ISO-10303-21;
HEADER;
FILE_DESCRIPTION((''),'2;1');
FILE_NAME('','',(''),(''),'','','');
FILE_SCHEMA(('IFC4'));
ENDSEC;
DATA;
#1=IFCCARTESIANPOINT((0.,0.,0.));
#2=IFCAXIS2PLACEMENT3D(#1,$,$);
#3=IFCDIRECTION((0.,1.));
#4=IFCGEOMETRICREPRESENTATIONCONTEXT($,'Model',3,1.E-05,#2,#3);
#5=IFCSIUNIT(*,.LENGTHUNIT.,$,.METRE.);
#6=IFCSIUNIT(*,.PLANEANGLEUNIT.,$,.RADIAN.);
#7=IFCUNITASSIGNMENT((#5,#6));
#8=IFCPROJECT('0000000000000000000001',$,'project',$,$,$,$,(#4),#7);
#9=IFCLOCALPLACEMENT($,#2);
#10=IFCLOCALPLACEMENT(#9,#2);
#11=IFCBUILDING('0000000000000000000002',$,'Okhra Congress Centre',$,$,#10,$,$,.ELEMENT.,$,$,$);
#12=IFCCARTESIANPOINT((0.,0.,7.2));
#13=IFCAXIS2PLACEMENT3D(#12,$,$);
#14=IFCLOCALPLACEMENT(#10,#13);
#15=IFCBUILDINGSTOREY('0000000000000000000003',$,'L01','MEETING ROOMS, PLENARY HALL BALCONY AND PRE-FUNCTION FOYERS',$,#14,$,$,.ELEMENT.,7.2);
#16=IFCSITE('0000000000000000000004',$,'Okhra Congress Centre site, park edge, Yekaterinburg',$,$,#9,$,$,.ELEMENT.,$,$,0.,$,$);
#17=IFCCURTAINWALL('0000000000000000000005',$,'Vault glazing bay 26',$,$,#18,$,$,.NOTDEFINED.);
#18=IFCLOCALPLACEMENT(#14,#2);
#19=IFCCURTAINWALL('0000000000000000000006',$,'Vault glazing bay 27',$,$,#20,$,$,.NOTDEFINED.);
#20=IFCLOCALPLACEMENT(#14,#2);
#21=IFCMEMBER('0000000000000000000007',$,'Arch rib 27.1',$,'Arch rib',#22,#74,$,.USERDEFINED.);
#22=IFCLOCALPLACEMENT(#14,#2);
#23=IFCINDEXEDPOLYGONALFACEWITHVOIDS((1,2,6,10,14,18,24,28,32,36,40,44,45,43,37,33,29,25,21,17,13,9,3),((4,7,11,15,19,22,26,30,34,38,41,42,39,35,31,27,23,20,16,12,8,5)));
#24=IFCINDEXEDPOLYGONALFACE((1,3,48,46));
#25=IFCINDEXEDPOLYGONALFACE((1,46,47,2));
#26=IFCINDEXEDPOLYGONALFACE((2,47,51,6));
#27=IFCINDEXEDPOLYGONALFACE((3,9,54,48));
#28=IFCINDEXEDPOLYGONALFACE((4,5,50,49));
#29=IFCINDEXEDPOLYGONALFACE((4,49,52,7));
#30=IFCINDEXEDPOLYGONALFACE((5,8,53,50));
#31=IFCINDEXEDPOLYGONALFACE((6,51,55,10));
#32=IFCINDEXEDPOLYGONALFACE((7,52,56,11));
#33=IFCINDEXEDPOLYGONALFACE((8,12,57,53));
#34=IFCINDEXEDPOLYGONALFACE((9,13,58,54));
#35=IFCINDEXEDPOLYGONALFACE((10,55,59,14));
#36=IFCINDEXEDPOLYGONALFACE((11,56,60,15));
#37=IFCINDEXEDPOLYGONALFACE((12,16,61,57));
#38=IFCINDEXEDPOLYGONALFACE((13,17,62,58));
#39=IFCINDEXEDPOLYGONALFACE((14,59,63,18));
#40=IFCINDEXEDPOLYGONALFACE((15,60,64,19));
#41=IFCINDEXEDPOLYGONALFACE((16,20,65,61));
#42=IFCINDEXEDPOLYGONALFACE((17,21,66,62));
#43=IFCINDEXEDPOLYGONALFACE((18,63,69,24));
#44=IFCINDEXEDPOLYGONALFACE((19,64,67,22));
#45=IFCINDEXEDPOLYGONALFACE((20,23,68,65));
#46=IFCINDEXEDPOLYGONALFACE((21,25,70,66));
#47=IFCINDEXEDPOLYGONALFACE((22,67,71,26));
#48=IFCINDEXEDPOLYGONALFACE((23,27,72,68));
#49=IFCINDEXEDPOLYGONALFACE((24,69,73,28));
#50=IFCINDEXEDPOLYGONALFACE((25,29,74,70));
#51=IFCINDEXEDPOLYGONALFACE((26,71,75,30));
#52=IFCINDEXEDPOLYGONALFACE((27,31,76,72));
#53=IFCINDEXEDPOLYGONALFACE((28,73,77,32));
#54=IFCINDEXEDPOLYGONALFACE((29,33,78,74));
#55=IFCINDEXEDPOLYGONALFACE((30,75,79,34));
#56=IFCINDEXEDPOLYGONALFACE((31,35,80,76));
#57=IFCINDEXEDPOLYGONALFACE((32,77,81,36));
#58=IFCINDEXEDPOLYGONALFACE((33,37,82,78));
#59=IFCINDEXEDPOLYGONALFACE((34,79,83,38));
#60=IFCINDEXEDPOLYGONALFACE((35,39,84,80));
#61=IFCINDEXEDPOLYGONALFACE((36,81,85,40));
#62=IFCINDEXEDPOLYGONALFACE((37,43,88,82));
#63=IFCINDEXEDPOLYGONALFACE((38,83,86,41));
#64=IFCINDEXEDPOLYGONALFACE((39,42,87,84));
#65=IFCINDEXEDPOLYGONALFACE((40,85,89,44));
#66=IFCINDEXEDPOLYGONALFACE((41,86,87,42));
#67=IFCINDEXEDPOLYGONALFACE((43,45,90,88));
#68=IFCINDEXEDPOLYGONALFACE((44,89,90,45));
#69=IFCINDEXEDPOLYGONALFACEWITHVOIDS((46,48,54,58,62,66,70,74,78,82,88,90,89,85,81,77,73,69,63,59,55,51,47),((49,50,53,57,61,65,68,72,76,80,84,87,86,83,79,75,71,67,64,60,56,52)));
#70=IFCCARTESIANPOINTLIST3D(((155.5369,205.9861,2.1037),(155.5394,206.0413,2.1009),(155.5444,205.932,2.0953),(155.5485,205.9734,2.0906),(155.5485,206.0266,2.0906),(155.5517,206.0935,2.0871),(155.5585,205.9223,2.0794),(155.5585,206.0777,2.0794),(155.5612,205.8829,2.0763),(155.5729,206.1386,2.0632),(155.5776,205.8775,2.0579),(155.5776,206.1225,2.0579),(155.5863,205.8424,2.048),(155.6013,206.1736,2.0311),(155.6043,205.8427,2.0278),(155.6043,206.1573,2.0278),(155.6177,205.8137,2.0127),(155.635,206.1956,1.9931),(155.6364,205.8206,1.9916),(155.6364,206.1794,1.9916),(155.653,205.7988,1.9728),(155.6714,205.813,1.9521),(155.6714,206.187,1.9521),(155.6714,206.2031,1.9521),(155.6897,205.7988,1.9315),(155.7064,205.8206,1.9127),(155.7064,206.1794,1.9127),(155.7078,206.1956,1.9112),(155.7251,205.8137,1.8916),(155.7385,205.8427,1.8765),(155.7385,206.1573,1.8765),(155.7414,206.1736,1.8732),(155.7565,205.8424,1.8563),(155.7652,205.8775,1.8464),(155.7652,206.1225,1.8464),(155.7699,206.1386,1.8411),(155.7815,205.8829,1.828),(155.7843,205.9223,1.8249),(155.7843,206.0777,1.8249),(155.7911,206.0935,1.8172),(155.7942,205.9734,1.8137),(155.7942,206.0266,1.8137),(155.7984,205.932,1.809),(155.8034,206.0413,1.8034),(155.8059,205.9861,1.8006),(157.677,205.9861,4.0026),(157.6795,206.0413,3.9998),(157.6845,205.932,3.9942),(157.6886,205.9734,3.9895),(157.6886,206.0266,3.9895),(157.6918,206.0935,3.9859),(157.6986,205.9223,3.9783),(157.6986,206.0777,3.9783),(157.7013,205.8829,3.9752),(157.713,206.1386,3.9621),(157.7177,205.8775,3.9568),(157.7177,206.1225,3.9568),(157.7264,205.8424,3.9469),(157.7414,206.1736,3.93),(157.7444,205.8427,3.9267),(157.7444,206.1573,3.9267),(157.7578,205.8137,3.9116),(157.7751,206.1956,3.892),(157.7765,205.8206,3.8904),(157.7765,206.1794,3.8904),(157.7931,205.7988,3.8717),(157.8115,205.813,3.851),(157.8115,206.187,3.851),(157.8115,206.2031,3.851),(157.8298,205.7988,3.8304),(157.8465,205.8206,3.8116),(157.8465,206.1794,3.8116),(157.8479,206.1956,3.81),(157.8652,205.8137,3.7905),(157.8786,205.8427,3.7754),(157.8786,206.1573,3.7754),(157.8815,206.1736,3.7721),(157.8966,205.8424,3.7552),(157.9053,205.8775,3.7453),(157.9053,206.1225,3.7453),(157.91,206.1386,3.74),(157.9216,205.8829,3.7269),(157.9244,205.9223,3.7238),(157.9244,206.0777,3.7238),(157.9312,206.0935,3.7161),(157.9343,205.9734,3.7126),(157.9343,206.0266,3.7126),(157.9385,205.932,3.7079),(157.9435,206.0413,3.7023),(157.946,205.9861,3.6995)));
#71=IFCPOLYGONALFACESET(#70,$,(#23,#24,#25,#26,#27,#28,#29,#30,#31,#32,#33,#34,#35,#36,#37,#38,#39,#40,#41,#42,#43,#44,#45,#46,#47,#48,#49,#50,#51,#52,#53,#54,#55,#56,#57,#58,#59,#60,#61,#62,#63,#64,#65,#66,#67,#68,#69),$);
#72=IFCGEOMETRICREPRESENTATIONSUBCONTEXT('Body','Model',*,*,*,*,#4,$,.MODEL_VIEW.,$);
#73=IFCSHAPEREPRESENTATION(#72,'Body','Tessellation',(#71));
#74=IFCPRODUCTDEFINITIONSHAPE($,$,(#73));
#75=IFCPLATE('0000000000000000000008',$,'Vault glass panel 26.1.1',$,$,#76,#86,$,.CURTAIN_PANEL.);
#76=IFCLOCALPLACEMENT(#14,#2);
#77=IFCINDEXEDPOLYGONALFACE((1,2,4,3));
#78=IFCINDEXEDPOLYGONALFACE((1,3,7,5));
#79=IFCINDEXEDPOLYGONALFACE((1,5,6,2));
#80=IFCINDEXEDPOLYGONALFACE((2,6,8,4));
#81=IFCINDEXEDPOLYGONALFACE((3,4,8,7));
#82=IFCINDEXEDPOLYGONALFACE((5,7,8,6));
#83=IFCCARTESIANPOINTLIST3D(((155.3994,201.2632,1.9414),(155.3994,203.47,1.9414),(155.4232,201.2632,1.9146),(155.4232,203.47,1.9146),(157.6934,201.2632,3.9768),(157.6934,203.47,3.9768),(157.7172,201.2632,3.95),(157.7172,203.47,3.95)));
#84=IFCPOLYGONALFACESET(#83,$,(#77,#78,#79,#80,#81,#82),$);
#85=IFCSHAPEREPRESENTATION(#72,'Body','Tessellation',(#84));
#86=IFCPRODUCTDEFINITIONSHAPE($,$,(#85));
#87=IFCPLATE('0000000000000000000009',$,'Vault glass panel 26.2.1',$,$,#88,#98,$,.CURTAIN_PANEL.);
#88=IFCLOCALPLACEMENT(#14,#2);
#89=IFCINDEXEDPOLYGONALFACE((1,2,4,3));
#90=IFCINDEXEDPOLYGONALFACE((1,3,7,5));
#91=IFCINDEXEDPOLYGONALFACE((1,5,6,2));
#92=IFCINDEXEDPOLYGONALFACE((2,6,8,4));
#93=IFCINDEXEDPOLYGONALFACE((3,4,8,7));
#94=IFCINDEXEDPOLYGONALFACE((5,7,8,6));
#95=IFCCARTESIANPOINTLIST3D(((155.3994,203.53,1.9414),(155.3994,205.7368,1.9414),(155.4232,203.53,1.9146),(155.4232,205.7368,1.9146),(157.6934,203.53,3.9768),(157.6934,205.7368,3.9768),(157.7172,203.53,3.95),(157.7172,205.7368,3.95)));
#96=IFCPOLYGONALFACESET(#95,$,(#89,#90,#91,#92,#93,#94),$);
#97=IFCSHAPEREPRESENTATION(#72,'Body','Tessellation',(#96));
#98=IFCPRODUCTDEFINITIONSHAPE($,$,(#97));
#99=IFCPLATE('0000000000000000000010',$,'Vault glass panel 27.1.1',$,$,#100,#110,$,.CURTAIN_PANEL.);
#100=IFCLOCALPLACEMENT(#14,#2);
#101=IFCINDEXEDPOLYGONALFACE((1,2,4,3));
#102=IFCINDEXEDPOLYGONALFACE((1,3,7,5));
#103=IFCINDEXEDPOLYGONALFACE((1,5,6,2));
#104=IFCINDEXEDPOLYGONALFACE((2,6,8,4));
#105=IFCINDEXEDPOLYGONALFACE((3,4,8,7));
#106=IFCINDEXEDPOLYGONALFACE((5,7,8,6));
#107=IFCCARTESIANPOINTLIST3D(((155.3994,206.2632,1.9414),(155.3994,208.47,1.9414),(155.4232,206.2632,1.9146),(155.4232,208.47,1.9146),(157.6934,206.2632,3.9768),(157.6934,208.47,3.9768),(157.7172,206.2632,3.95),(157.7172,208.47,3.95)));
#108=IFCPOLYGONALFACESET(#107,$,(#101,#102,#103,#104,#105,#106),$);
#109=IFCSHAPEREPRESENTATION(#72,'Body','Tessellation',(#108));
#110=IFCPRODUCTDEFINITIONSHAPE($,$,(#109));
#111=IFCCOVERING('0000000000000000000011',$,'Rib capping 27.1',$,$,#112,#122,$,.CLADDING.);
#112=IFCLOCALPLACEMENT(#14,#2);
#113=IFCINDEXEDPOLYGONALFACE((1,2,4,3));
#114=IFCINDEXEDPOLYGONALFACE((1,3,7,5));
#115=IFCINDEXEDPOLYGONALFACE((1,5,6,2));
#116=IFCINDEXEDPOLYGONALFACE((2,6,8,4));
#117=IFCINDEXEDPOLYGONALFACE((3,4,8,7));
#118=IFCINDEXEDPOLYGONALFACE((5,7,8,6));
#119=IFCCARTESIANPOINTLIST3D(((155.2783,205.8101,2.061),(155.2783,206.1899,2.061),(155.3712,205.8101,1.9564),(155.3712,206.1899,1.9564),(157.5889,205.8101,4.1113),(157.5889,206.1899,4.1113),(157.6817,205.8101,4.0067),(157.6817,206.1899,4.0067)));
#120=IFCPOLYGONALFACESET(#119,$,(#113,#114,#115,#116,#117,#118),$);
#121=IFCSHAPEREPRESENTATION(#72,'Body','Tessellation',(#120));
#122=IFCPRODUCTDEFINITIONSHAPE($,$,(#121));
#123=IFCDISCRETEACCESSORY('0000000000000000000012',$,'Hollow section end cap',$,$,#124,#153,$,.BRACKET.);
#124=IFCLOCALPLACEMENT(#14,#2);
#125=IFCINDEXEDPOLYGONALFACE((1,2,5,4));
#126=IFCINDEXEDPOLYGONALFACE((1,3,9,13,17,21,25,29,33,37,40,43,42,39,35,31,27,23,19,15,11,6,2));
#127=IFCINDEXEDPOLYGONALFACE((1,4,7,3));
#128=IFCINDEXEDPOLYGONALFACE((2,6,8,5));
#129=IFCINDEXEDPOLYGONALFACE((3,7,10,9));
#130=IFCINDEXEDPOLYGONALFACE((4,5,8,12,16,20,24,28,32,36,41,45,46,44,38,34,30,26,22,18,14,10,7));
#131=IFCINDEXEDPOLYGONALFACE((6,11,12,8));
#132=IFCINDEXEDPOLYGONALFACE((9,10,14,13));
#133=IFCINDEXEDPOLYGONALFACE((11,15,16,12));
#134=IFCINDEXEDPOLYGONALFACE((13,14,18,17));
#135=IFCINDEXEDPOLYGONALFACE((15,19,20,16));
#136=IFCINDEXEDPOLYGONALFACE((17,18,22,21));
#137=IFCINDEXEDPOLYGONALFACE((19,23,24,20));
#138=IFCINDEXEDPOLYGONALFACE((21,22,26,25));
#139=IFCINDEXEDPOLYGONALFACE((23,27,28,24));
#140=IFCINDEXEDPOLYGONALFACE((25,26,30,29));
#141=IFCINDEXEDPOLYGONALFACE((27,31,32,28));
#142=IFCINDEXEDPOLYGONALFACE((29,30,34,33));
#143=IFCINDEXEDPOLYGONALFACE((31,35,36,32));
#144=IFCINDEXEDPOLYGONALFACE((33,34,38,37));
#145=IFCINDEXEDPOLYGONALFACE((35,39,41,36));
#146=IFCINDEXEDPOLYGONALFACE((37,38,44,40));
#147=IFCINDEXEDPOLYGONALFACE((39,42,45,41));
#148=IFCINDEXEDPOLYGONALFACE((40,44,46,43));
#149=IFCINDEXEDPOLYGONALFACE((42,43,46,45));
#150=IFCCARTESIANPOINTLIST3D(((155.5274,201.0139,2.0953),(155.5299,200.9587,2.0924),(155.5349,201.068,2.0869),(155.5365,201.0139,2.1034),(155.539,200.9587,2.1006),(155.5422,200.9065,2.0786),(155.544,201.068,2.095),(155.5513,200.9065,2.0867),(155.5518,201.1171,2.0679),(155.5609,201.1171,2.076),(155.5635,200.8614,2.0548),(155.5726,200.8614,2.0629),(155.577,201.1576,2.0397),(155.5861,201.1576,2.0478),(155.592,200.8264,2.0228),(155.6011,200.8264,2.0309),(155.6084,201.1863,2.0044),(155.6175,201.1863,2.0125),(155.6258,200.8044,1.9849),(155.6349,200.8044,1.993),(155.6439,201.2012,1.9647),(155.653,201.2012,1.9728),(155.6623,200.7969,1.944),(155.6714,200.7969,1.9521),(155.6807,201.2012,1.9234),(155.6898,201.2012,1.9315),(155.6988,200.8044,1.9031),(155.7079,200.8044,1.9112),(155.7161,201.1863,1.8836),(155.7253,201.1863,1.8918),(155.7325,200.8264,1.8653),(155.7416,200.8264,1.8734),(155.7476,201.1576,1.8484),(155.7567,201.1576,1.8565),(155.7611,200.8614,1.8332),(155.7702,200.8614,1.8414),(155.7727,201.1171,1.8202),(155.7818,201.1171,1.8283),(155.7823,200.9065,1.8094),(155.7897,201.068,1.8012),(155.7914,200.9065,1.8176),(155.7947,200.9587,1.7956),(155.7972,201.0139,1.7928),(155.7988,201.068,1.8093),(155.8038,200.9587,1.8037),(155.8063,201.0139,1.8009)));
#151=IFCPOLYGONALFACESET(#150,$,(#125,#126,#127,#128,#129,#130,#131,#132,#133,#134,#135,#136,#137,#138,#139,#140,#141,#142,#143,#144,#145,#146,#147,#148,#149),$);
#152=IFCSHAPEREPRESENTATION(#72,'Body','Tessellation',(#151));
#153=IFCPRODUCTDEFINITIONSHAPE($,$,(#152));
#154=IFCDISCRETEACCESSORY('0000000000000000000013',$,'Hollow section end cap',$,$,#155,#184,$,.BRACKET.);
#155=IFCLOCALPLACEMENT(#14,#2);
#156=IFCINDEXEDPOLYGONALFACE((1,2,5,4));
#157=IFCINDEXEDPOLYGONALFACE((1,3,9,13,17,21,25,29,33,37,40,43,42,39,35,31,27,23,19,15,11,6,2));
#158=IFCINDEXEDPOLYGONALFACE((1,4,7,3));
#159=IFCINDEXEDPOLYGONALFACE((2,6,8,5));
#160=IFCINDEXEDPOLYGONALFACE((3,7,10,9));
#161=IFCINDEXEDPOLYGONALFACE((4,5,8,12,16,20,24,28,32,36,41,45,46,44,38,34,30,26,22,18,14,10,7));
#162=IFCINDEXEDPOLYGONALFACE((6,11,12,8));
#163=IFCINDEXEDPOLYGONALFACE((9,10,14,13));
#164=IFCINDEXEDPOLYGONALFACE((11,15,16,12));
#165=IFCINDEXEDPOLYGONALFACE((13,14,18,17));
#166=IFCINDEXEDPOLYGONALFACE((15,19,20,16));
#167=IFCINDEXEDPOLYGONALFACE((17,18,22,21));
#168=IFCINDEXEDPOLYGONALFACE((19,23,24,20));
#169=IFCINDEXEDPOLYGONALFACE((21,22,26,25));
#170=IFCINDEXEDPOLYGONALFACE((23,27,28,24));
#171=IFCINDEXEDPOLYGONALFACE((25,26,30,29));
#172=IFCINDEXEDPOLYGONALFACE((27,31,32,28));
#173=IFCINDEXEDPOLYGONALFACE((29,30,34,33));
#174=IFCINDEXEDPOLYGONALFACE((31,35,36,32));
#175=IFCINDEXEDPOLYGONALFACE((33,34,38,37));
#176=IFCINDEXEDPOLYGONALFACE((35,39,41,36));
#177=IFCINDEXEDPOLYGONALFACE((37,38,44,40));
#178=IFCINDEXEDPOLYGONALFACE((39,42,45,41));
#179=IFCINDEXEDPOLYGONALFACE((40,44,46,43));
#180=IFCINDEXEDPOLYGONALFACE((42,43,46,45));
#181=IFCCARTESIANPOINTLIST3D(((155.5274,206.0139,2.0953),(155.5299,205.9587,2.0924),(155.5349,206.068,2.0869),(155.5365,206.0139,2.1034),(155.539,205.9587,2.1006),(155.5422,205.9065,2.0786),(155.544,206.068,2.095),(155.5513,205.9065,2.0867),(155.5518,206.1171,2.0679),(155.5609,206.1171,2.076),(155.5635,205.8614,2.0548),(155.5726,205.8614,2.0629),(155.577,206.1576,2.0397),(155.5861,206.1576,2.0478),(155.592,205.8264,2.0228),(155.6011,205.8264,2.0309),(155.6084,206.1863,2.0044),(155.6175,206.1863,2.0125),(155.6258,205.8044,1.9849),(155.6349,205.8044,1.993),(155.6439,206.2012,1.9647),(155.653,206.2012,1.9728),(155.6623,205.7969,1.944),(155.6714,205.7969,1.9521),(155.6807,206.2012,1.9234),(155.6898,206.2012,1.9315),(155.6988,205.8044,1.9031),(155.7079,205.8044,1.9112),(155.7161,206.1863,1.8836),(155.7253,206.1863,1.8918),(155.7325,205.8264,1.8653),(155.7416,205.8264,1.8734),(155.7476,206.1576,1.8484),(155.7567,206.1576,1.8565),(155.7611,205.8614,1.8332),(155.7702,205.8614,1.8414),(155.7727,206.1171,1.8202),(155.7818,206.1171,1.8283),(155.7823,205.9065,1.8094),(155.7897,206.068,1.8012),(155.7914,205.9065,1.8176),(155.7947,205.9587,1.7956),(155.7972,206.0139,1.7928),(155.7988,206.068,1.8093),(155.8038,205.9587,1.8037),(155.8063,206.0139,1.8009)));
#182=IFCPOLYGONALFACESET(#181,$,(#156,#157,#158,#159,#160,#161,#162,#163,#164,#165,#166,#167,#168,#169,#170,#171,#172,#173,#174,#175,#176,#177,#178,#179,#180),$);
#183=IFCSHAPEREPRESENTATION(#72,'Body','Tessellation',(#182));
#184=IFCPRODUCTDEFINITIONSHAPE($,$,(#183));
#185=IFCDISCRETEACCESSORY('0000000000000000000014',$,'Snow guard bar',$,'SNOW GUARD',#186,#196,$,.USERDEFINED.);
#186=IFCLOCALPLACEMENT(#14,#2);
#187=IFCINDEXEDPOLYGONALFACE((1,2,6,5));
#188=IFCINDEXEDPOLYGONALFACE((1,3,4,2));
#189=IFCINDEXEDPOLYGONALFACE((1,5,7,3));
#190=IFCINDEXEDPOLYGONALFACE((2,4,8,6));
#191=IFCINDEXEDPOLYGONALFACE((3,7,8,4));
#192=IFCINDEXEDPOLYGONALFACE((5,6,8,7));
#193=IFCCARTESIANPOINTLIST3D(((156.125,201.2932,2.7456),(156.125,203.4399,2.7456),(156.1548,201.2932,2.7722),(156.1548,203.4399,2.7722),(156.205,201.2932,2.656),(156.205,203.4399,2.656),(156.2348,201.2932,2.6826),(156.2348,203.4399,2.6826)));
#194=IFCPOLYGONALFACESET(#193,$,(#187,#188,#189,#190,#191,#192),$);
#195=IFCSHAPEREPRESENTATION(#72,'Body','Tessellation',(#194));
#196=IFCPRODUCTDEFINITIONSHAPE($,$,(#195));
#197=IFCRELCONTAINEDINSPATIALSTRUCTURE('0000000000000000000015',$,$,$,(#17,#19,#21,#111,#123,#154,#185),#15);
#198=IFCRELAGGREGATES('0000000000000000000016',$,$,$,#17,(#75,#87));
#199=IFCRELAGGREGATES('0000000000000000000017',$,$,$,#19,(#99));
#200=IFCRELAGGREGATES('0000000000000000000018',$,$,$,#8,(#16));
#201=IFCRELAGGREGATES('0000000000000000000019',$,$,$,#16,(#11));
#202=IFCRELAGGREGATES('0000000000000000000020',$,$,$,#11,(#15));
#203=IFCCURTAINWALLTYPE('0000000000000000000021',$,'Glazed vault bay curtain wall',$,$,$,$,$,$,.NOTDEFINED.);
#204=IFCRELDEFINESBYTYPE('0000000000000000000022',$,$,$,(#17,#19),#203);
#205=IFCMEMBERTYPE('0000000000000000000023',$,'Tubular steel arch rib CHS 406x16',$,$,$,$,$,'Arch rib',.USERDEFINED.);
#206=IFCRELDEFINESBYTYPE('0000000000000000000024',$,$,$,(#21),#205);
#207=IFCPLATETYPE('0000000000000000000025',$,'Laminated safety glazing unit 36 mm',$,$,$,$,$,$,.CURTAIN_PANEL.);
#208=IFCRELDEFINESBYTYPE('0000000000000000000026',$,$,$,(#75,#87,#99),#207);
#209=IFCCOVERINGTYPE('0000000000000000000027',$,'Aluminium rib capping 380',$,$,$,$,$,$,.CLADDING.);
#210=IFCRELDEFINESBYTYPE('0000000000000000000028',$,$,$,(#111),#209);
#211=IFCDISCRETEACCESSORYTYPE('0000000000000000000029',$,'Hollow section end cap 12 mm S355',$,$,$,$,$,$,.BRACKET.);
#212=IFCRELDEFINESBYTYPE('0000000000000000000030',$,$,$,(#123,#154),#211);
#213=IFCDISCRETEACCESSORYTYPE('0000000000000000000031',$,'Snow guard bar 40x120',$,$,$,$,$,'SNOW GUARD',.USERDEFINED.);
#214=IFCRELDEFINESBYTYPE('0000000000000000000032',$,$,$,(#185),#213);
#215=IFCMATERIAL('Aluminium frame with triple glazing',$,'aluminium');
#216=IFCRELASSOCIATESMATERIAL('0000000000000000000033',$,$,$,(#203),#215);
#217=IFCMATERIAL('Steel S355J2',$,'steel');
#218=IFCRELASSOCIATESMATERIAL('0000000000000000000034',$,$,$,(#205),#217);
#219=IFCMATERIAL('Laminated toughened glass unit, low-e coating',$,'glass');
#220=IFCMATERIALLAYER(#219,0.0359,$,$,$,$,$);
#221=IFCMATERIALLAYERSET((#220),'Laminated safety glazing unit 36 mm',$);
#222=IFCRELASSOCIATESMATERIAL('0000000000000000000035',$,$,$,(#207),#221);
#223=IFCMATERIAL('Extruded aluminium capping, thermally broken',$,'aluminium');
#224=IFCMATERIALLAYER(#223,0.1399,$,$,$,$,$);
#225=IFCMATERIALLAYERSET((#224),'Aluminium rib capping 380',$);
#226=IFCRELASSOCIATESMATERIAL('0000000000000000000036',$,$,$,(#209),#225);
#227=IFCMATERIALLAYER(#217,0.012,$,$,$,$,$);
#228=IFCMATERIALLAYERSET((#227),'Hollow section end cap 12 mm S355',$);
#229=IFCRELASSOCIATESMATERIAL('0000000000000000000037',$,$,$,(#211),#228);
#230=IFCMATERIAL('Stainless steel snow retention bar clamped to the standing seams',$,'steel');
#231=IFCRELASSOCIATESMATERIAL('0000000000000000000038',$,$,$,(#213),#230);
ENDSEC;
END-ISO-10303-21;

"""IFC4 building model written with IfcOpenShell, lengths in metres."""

from ifc_helpers import new_model, si_unit, direction, frame, origin, origin_2d, place, context, subcontext, project, spatial, polyline, circle, hollow_circle, outline, extrude, material, layer, layer_set, material_profile, profile_set, type_object, element, aggregate, save


model = new_model("IFC4")

# Units and contexts
model_context = context("Model", 3, precision=1e-05, world=origin(), true_north=direction((0.0, 1.0)))
body_context = subcontext(model_context, "Body", "Model", "MODEL_VIEW")
ifc_project = project(units=[si_unit("LENGTHUNIT", "METRE"), si_unit("PLANEANGLEUNIT", "RADIAN")], contexts=[model_context])

# Site, building, storey
site_placement = place(None, origin())
site = spatial("IfcSite", under=ifc_project, at=site_placement, Name="Okhra Congress Centre site, park edge, Yekaterinburg", CompositionType="ELEMENT", RefElevation=0.0)
building_placement = place(site_placement, origin())
building = spatial("IfcBuilding", under=site, at=building_placement, Name="Okhra Congress Centre", CompositionType="ELEMENT")
storey_placement = place(building_placement, frame((0.0, 0.0, 7.2)))
storey = spatial("IfcBuildingStorey", under=building, at=storey_placement, Name="L01", Description="MEETING ROOMS, PLENARY HALL BALCONY AND PRE-FUNCTION FOYERS", CompositionType="ELEMENT", Elevation=7.2)

# Curtain wall
ifc_material_1 = material(Name="Aluminium frame with triple glazing", Category="aluminium")
curtain_wall_type = type_object("IfcCurtainWallType", Name="Glazed vault bay curtain wall", PredefinedType="NOTDEFINED", material=ifc_material_1)
curtain_wall_1_placement = place(storey_placement, origin())
curtain_wall_1 = element("IfcCurtainWall", 1, at=curtain_wall_1_placement, inside=storey, type_object=curtain_wall_type, Name="Vault glazing bay 26", PredefinedType="NOTDEFINED")

# Curtain wall
curtain_wall_2_placement = place(storey_placement, origin())
curtain_wall_2 = element("IfcCurtainWall", 2, at=curtain_wall_2_placement, inside=storey, type_object=curtain_wall_type, Name="Vault glazing bay 27", PredefinedType="NOTDEFINED")

# Shared definitions
ifc_material_2 = material(Name="Steel S355J2", Category="steel")

# Member
ifc_material_profile_1 = material_profile(ifc_material_2, hollow_circle(Radius=0.2031, WallThickness=0.0161, at=origin_2d()), Name="CHS 406.4x16")
ifc_profile_set_1 = profile_set([ifc_material_profile_1], Name="Steel S355J2")
member_type_1 = type_object("IfcMemberType", Name="Tubular steel arch rib CHS 406x16", ElementType="Arch rib", PredefinedType="USERDEFINED", material=ifc_profile_set_1)
member_1_placement = place(storey_placement, frame((155.6714, 206.0, 1.9521), z_axis=(0.748002, 0.0, 0.663696), x_axis=(0.0, 1.0, 0.0)))
element("IfcMember", 3, at=member_1_placement, inside=storey, type_object=member_type_1, Name="Arch rib 27.1", ObjectType="Arch rib", PredefinedType="USERDEFINED", context=body_context, shape_type="SweptSolid", body=[
    extrude(hollow_circle(Radius=0.2031, WallThickness=0.0161, at=origin_2d()), origin(), (0.0, 0.0, 1.0), 2.8611),
])

# Plates
ifc_material_3 = material(Name="Laminated toughened glass unit, low-e coating", Category="glass")
ifc_layer_1 = layer(ifc_material_3, 0.0359)
ifc_layer_set_1 = layer_set([ifc_layer_1], Name="Laminated safety glazing unit 36 mm")
plate_type = type_object("IfcPlateType", Name="Laminated safety glazing unit 36 mm", PredefinedType="CURTAIN_PANEL", material=ifc_layer_set_1)
plate_1_placement = place(storey_placement, frame((155.3994, 201.2632, 1.9414), z_axis=(-0.663697, 0.0, 0.748002), x_axis=(0.748002, 0.0, 0.663697)))
plate_1 = element("IfcPlate", 4, at=plate_1_placement, type_object=plate_type, Name="Vault glass panel 26.1.1", PredefinedType="CURTAIN_PANEL", context=body_context, shape_type="SweptSolid", body=[
    extrude(outline(polyline([(0.0, 0.0), (3.0668, 0.0), (3.0668, 2.2068), (0.0, 2.2068), (0.0, 0.0)])), origin(), (0.0, 0.0, -1.0), 0.0359),
])
plate_2_placement = place(storey_placement, frame((155.3994, 203.53, 1.9414), z_axis=(-0.663697, 0.0, 0.748002), x_axis=(0.748002, 0.0, 0.663697)))
plate_2 = element("IfcPlate", 5, at=plate_2_placement, type_object=plate_type, Name="Vault glass panel 26.2.1", PredefinedType="CURTAIN_PANEL", context=body_context, shape_type="SweptSolid", body=[
    extrude(outline(polyline([(0.0, 0.0), (3.0668, 0.0), (3.0668, 2.2068), (0.0, 2.2068), (0.0, 0.0)])), origin(), (0.0, 0.0, -1.0), 0.0359),
])
aggregate(curtain_wall_1, [plate_1, plate_2])
plate_3_placement = place(storey_placement, frame((155.3994, 206.2632, 1.9414), z_axis=(-0.663697, 0.0, 0.748002), x_axis=(0.748002, 0.0, 0.663697)))
plate_3 = element("IfcPlate", 6, at=plate_3_placement, type_object=plate_type, Name="Vault glass panel 27.1.1", PredefinedType="CURTAIN_PANEL", context=body_context, shape_type="SweptSolid", body=[
    extrude(outline(polyline([(0.0, 0.0), (3.0668, 0.0), (3.0668, 2.2068), (0.0, 2.2068), (0.0, 0.0)])), origin(), (0.0, 0.0, -1.0), 0.0359),
])
aggregate(curtain_wall_2, [plate_3])

# Covering
ifc_material_4 = material(Name="Extruded aluminium capping, thermally broken", Category="aluminium")
ifc_layer_2 = layer(ifc_material_4, 0.1399)
ifc_layer_set_2 = layer_set([ifc_layer_2], Name="Aluminium rib capping 380")
covering_type = type_object("IfcCoveringType", Name="Aluminium rib capping 380", PredefinedType="CLADDING", material=ifc_layer_set_2)
covering_placement = place(storey_placement, frame((155.2783, 205.8101, 2.061), z_axis=(-0.663726, 0.0, 0.747976), x_axis=(0.747976, 0.0, 0.663726)))
element("IfcCovering", 7, at=covering_placement, inside=storey, type_object=covering_type, Name="Rib capping 27.1", PredefinedType="CLADDING", context=body_context, shape_type="SweptSolid", body=[
    extrude(outline(polyline([(0.0, 0.0), (3.0891, 0.0), (3.0891, 0.3799), (0.0, 0.3799), (0.0, 0.0)])), origin(), (0.0, 0.0, -1.0), 0.1399),
])

# Discrete accessories
ifc_layer_3 = layer(ifc_material_2, 0.012)
ifc_layer_set_3 = layer_set([ifc_layer_3], Name="Hollow section end cap 12 mm S355")
discrete_accessory_type_1 = type_object("IfcDiscreteAccessoryType", Name="Hollow section end cap 12 mm S355", PredefinedType="BRACKET", material=ifc_layer_set_3)
for number, where, z_axis, x_axis, name in (
    (8, (155.6714, 201.0, 1.9521), (-0.746295, 0.0, -0.665615), (0.0, -1.0, 0.0), "Hollow section end cap"),
    (9, (155.6714, 206.0, 1.9521), (-0.746295, 0.0, -0.665615), (0.0, -1.0, 0.0), "Hollow section end cap"),
):
    element("IfcDiscreteAccessory", number, at=place(storey_placement, frame(where, z_axis=z_axis, x_axis=x_axis)), inside=storey, type_object=discrete_accessory_type_1, Name=name, PredefinedType="BRACKET", context=body_context, shape_type="SweptSolid", body=[
        extrude(circle(Radius=0.2031, at=origin_2d()), origin(), (0.0, 0.0, 1.0), 0.0122),
    ])
ifc_material_5 = material(Name="Stainless steel snow retention bar clamped to the standing seams", Category="steel")
discrete_accessory_type_2 = type_object("IfcDiscreteAccessoryType", Name="Snow guard bar 40x120", ElementType="SNOW GUARD", PredefinedType="USERDEFINED", material=ifc_material_5)
for number, where, z_axis, x_axis, name in (
    (10, (156.125, 201.2932, 2.7456), (-0.666259, 0.0, 0.745721), (0.745721, 0.0, 0.666259), "Snow guard bar"),
):
    element("IfcDiscreteAccessory", number, at=place(storey_placement, frame(where, z_axis=z_axis, x_axis=x_axis)), inside=storey, type_object=discrete_accessory_type_2, Name=name, ObjectType="SNOW GUARD", PredefinedType="USERDEFINED", context=body_context, shape_type="SweptSolid", body=[
        extrude(outline(polyline([(0.0, 0.0), (0.0399, 0.0), (0.0399, 2.1467), (0.0, 2.1467), (0.0, 0.0)])), origin(), (0.0, 0.0, -1.0), 0.1201),
    ])

save(model, "model.ifc")
